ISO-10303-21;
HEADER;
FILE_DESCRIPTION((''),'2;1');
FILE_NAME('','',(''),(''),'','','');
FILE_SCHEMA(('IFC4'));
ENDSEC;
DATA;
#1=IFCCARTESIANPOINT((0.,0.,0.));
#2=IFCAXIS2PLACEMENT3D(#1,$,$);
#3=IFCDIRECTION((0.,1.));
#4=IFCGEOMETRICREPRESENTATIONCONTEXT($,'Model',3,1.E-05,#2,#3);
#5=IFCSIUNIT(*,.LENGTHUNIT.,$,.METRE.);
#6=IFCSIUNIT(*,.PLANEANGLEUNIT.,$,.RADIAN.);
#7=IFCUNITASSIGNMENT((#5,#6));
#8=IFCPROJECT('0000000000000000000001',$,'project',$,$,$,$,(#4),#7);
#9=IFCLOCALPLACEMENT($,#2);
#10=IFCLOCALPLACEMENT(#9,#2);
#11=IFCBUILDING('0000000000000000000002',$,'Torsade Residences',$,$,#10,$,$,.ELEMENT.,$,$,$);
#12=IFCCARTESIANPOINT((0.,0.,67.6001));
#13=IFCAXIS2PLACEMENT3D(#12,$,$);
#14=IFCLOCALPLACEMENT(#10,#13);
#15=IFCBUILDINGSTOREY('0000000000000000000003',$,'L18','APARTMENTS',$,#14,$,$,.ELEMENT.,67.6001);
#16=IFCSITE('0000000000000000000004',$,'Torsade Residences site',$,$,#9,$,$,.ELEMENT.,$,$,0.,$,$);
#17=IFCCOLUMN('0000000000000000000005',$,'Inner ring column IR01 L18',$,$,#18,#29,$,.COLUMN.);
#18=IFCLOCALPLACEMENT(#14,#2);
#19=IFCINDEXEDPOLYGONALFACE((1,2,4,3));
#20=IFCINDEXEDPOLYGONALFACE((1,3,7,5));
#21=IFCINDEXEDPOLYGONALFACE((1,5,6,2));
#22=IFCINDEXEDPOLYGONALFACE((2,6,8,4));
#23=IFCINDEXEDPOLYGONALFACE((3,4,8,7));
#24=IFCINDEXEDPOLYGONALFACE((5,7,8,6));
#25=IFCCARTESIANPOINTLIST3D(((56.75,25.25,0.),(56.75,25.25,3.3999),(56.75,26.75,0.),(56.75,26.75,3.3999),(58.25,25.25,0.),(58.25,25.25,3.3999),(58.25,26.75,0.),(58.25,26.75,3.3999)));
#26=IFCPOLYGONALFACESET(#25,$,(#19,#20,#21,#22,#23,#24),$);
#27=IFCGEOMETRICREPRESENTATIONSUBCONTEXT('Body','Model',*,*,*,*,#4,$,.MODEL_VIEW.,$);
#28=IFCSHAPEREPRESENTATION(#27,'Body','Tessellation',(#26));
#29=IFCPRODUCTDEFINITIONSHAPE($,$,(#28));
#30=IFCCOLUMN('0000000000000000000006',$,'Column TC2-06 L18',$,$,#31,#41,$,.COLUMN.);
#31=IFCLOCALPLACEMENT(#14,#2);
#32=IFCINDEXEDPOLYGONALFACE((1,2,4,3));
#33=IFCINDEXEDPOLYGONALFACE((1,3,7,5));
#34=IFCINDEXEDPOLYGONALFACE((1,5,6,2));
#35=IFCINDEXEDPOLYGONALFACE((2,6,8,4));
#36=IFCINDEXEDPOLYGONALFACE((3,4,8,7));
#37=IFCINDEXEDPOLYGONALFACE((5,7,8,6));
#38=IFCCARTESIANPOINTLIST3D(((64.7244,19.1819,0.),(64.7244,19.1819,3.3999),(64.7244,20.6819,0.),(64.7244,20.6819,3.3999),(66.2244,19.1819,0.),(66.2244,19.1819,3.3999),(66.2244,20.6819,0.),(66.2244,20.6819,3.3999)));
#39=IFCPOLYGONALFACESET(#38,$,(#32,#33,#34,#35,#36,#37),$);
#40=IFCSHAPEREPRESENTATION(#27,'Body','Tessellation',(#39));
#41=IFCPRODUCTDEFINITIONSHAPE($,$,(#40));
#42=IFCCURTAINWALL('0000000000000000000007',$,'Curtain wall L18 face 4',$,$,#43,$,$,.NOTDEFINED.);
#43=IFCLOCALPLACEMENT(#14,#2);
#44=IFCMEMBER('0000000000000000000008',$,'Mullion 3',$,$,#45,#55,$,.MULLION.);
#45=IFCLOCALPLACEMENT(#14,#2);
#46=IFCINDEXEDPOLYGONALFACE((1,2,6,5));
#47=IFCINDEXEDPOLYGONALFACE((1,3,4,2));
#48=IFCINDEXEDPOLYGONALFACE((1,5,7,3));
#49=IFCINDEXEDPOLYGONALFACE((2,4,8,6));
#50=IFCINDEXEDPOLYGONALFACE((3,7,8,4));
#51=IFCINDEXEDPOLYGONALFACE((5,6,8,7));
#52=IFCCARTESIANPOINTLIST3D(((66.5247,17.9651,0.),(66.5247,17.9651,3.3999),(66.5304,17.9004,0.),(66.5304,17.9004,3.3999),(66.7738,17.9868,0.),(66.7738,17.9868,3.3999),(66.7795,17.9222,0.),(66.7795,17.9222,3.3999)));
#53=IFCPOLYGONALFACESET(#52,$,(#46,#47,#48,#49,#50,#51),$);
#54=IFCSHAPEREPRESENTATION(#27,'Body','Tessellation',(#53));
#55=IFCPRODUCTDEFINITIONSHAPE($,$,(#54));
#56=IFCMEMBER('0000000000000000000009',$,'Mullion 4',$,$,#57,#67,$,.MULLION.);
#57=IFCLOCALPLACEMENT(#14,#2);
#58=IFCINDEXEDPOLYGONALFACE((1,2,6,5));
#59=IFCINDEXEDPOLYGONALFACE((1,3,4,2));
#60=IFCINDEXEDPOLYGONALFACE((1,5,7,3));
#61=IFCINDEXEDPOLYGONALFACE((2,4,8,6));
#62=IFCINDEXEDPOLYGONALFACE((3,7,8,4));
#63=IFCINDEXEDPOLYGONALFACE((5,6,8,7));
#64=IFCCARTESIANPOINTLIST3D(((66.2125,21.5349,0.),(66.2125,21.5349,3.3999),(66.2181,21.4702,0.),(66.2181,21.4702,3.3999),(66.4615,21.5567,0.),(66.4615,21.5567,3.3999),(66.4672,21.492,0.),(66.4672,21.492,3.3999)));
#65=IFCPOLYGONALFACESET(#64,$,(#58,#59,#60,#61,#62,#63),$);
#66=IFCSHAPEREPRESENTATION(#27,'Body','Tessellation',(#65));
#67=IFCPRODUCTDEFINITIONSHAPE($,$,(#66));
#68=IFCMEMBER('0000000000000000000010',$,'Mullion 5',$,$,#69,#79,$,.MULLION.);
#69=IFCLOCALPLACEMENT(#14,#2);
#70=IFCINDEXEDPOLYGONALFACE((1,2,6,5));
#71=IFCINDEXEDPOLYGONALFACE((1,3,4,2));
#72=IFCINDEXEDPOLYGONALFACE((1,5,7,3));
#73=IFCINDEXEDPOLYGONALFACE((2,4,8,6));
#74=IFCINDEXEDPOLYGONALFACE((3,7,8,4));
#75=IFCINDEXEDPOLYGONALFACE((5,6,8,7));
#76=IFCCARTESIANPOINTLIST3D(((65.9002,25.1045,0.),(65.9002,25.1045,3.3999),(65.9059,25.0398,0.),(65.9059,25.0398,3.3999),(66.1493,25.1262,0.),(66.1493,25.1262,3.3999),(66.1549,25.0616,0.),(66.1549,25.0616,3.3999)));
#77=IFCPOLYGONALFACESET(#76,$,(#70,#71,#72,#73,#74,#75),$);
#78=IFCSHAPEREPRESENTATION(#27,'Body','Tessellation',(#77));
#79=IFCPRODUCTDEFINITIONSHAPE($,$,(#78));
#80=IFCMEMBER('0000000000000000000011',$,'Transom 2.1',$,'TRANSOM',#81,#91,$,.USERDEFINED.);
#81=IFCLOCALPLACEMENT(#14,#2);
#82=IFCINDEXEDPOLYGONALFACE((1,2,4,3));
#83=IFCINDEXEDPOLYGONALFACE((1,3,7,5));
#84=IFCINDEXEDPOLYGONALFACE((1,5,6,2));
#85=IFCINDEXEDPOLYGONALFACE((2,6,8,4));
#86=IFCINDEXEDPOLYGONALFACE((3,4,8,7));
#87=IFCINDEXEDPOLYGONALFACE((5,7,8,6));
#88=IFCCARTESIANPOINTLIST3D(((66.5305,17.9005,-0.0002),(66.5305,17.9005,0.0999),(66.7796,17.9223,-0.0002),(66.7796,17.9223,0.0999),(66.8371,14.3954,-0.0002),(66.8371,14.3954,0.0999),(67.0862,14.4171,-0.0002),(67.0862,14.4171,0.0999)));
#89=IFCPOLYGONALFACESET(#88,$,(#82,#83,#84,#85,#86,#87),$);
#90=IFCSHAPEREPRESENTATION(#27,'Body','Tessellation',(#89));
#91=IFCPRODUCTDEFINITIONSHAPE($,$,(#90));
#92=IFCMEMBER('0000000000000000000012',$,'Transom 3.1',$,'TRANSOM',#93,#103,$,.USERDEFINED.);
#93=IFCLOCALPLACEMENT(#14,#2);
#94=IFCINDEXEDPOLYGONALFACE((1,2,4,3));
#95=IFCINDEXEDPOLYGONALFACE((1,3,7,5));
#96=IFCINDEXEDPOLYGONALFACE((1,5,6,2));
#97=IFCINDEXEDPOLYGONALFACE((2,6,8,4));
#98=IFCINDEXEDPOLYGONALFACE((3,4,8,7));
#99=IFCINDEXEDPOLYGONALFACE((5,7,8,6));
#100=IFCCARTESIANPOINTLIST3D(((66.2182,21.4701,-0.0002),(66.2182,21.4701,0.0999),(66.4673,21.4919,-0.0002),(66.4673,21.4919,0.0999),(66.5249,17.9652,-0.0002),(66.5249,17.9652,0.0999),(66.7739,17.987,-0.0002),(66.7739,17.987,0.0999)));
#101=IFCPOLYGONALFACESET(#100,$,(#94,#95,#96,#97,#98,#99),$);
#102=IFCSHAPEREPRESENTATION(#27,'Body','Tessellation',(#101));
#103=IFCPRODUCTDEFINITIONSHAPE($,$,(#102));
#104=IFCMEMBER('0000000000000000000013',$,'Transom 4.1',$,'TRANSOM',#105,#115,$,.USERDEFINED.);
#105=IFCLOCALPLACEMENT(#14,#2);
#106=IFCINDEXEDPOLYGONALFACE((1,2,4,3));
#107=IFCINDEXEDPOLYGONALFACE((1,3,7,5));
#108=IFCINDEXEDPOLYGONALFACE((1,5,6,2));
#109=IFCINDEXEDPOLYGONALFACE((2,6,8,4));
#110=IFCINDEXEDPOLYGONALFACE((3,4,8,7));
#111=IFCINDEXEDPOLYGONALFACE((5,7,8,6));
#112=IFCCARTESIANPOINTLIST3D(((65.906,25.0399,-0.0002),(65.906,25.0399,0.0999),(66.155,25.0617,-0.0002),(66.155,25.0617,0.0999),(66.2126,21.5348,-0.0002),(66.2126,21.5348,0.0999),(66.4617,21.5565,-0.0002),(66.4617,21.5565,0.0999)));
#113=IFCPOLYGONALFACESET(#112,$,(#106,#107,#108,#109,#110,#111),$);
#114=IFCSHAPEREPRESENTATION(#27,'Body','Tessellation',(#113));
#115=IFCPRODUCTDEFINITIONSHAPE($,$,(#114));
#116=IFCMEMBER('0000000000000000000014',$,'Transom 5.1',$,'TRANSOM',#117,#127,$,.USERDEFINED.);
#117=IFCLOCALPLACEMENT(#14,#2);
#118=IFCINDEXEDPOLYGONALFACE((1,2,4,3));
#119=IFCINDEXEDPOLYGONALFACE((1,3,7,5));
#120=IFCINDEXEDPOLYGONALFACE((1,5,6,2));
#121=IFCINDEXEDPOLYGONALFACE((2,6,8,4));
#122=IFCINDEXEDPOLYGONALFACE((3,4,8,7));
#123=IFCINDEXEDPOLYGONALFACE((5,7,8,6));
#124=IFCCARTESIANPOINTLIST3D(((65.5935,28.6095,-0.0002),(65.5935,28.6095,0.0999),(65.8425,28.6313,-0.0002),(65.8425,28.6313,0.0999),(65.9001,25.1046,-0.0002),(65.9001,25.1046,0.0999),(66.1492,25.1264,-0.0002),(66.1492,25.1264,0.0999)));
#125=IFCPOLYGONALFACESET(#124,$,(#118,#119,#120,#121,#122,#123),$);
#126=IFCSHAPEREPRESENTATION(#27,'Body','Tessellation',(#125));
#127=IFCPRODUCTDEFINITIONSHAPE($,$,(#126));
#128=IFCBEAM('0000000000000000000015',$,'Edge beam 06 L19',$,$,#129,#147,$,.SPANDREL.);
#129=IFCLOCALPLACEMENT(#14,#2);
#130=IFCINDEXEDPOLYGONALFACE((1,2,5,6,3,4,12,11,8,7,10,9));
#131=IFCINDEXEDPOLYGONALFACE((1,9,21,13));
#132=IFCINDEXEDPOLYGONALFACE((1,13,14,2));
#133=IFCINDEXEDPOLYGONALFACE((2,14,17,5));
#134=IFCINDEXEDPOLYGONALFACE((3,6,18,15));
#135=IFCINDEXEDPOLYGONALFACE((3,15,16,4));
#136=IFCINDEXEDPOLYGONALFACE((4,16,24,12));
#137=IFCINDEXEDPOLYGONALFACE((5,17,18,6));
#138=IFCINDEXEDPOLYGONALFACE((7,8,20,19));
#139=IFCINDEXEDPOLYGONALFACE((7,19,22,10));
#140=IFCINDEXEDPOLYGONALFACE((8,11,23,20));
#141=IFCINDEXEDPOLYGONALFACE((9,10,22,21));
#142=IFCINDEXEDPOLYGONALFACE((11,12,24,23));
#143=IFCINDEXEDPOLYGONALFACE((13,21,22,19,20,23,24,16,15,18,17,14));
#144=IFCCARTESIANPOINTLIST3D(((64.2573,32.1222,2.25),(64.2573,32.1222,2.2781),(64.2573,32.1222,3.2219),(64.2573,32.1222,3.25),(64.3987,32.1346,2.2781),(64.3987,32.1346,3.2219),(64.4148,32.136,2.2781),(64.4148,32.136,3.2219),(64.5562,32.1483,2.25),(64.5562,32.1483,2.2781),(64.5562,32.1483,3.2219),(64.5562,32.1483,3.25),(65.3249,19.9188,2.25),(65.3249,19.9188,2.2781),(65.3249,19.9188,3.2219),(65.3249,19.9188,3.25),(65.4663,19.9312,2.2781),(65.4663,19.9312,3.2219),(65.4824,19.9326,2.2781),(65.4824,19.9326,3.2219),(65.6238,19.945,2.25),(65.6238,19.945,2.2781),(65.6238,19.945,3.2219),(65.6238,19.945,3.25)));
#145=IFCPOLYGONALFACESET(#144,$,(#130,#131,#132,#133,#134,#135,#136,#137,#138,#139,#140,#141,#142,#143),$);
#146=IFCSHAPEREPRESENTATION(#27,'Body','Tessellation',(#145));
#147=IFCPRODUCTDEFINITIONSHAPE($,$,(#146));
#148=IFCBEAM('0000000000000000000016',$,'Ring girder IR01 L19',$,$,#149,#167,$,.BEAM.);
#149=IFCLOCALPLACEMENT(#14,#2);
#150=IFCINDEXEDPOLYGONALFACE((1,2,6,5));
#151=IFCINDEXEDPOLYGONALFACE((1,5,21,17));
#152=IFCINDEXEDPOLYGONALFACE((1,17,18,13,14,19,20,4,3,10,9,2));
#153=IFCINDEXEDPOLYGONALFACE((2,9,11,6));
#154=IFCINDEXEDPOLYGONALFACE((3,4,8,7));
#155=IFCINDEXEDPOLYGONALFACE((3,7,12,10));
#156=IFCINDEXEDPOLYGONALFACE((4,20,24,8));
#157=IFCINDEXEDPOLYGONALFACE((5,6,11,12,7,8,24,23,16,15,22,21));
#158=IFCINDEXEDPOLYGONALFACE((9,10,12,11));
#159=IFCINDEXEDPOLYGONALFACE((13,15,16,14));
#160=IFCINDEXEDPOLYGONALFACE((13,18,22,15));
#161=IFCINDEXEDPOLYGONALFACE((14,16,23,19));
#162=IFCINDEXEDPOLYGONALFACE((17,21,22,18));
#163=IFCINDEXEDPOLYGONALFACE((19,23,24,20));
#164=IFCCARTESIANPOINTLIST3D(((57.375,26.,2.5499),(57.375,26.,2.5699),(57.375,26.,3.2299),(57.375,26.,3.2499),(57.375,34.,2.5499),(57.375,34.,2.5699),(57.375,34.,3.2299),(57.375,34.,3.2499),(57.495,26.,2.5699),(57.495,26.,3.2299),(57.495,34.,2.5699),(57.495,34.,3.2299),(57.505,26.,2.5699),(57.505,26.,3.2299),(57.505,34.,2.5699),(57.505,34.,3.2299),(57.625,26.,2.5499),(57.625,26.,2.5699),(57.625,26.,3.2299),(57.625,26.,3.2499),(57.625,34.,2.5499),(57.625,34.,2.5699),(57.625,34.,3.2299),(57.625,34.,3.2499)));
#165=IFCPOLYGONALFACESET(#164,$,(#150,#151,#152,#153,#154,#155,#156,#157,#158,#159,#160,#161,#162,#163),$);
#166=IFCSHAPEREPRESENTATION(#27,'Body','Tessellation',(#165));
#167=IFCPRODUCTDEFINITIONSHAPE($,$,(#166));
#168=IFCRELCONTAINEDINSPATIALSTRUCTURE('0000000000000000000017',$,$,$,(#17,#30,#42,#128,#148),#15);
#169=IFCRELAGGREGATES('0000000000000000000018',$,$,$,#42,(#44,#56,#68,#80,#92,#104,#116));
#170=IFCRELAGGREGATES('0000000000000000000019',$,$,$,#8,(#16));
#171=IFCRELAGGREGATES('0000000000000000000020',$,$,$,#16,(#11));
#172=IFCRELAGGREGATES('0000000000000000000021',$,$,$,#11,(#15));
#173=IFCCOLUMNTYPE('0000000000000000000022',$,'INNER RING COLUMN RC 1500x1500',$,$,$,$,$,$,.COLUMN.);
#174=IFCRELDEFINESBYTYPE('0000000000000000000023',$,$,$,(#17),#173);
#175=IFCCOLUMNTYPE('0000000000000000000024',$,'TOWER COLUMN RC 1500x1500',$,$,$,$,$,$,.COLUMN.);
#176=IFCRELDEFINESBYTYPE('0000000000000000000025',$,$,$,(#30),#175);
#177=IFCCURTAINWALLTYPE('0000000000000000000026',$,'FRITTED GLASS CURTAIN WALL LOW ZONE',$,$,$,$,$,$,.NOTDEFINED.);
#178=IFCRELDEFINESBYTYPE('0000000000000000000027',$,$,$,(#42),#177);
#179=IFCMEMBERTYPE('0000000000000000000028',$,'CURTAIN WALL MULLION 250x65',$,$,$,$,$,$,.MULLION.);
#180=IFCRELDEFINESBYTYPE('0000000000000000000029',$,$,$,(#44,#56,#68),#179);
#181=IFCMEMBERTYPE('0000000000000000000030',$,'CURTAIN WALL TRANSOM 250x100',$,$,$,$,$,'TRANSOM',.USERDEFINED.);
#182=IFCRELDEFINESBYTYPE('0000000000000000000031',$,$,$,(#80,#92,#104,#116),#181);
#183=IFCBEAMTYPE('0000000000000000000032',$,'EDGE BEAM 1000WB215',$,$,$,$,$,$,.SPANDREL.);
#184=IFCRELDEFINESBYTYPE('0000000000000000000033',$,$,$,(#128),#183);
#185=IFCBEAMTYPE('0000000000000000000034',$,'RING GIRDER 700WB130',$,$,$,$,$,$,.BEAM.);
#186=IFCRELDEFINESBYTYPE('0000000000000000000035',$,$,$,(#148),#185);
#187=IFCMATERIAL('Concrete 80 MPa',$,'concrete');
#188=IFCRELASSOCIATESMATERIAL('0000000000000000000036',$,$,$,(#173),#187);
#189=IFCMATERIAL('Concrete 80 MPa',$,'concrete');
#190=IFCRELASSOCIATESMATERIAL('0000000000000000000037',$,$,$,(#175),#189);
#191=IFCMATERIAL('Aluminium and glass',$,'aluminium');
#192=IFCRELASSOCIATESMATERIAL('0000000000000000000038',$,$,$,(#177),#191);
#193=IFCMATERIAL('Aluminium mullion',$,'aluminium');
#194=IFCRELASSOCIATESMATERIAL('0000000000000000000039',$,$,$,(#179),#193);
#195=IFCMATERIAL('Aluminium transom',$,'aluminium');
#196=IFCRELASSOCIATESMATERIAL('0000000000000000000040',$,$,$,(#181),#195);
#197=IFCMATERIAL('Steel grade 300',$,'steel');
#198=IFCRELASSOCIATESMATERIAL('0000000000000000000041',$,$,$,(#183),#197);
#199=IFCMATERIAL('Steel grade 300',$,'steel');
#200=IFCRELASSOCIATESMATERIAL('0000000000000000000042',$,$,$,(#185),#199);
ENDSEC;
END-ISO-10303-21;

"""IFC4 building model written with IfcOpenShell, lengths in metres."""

from ifc_helpers import new_model, si_unit, direction, frame, origin, origin_2d, place, context, subcontext, project, spatial, rectangle, i_section, extrude, material, material_profile, profile_set, type_object, element, aggregate, save


model = new_model("IFC4")

# Units and contexts
model_context = context("Model", 3, precision=1e-05, world=origin(), true_north=direction((0.0, 1.0)))
body_context = subcontext(model_context, "Body", "Model", "MODEL_VIEW")
ifc_project = project(units=[si_unit("LENGTHUNIT", "METRE"), si_unit("PLANEANGLEUNIT", "RADIAN")], contexts=[model_context])

# Site, building, storey
site_placement = place(None, origin())
site = spatial("IfcSite", under=ifc_project, at=site_placement, Name="Torsade Residences site", CompositionType="ELEMENT", RefElevation=0.0)
building_placement = place(site_placement, origin())
building = spatial("IfcBuilding", under=site, at=building_placement, Name="Torsade Residences", CompositionType="ELEMENT")
storey_placement = place(building_placement, frame((0.0, 0.0, 67.6001)))
storey = spatial("IfcBuildingStorey", under=building, at=storey_placement, Name="L18", Description="APARTMENTS", CompositionType="ELEMENT", Elevation=67.6001)

# Columns
ifc_material_1 = material(Name="Concrete 80 MPa", Category="concrete")
ifc_material_profile_1 = material_profile(ifc_material_1, rectangle(XDim=1.5, YDim=1.5, at=origin_2d()), Name="RC 1500x1500")
ifc_profile_set_1 = profile_set([ifc_material_profile_1], Name="Concrete 80 MPa")
column_type_1 = type_object("IfcColumnType", Name="INNER RING COLUMN RC 1500x1500", PredefinedType="COLUMN", material=ifc_profile_set_1)
column_1_placement = place(storey_placement, frame((57.5, 26.0, 0.0), z_axis=(0.0, 0.0, 1.0), x_axis=(1.0, 0.0, 0.0)))
element("IfcColumn", 1, at=column_1_placement, inside=storey, type_object=column_type_1, Name="Inner ring column IR01 L18", PredefinedType="COLUMN", context=body_context, shape_type="SweptSolid", body=[
    extrude(rectangle(XDim=1.5, YDim=1.5, at=origin_2d()), origin(), (0.0, 0.0, 1.0), 3.3999),
])
ifc_material_2 = material(Name="Concrete 80 MPa", Category="concrete")
ifc_material_profile_2 = material_profile(ifc_material_2, rectangle(XDim=1.5, YDim=1.5, at=origin_2d()), Name="RC 1500x1500")
ifc_profile_set_2 = profile_set([ifc_material_profile_2], Name="Concrete 80 MPa")
column_type_2 = type_object("IfcColumnType", Name="TOWER COLUMN RC 1500x1500", PredefinedType="COLUMN", material=ifc_profile_set_2)
column_2_placement = place(storey_placement, frame((65.4744, 19.9319, 0.0), z_axis=(0.0, 0.0, 1.0), x_axis=(1.0, 0.0, 0.0)))
element("IfcColumn", 2, at=column_2_placement, inside=storey, type_object=column_type_2, Name="Column TC2-06 L18", PredefinedType="COLUMN", context=body_context, shape_type="SweptSolid", body=[
    extrude(rectangle(XDim=1.5, YDim=1.5, at=origin_2d()), origin(), (0.0, 0.0, 1.0), 3.3999),
])

# Curtain wall, members
ifc_material_3 = material(Name="Aluminium and glass", Category="aluminium")
curtain_wall_type = type_object("IfcCurtainWallType", Name="FRITTED GLASS CURTAIN WALL LOW ZONE", PredefinedType="NOTDEFINED", material=ifc_material_3)
curtain_wall_placement = place(storey_placement, origin())
curtain_wall = element("IfcCurtainWall", 3, at=curtain_wall_placement, inside=storey, type_object=curtain_wall_type, Name="Curtain wall L18 face 4", PredefinedType="NOTDEFINED")
ifc_material_4 = material(Name="Aluminium mullion", Category="aluminium")
ifc_material_profile_3 = material_profile(ifc_material_4, rectangle(XDim=0.25, YDim=0.0649, at=origin_2d()), Name="CURTAIN WALL MULLION 250x65")
ifc_profile_set_3 = profile_set([ifc_material_profile_3], Name="Aluminium mullion")
member_type_1 = type_object("IfcMemberType", Name="CURTAIN WALL MULLION 250x65", PredefinedType="MULLION", material=ifc_profile_set_3)
member_1_placement = place(storey_placement, frame((66.6521, 17.9436, 0.0), z_axis=(0.0, 0.0, 1.0), x_axis=(-0.996195, -0.087156, 0.0)))
member_1 = element("IfcMember", 4, at=member_1_placement, type_object=member_type_1, Name="Mullion 3", PredefinedType="MULLION", context=body_context, shape_type="SweptSolid", body=[
    extrude(rectangle(XDim=0.25, YDim=0.0649, at=origin_2d()), origin(), (0.0, 0.0, 1.0), 3.3999),
])
member_2_placement = place(storey_placement, frame((66.3398, 21.5134, 0.0), z_axis=(0.0, 0.0, 1.0), x_axis=(-0.996195, -0.087156, 0.0)))
member_2 = element("IfcMember", 5, at=member_2_placement, type_object=member_type_1, Name="Mullion 4", PredefinedType="MULLION", context=body_context, shape_type="SweptSolid", body=[
    extrude(rectangle(XDim=0.25, YDim=0.0649, at=origin_2d()), origin(), (0.0, 0.0, 1.0), 3.3999),
])
member_3_placement = place(storey_placement, frame((66.0276, 25.083, 0.0), z_axis=(0.0, 0.0, 1.0), x_axis=(-0.996195, -0.087156, 0.0)))
member_3 = element("IfcMember", 6, at=member_3_placement, type_object=member_type_1, Name="Mullion 5", PredefinedType="MULLION", context=body_context, shape_type="SweptSolid", body=[
    extrude(rectangle(XDim=0.25, YDim=0.0649, at=origin_2d()), origin(), (0.0, 0.0, 1.0), 3.3999),
])
ifc_material_5 = material(Name="Aluminium transom", Category="aluminium")
ifc_material_profile_4 = material_profile(ifc_material_5, rectangle(XDim=0.25, YDim=0.1001, at=origin_2d()), Name="CURTAIN WALL TRANSOM 250x100")
ifc_profile_set_4 = profile_set([ifc_material_profile_4], Name="Aluminium transom")
member_type_2 = type_object("IfcMemberType", Name="CURTAIN WALL TRANSOM 250x100", ElementType="TRANSOM", PredefinedType="USERDEFINED", material=ifc_profile_set_4)
member_4_placement = place(storey_placement, frame((66.9617, 14.4062, 0.0498), z_axis=(-0.087151, 0.996195, 0.0), x_axis=(-0.996195, -0.087151, 0.0)))
member_4 = element("IfcMember", 7, at=member_4_placement, type_object=member_type_2, Name="Transom 2.1", ObjectType="TRANSOM", PredefinedType="USERDEFINED", context=body_context, shape_type="SweptSolid", body=[
    extrude(rectangle(XDim=0.25, YDim=0.1001, at=origin_2d()), origin(), (0.0, 0.0, 1.0), 3.5186),
])
member_5_placement = place(storey_placement, frame((66.6494, 17.9761, 0.0498), z_axis=(-0.087157, 0.996195, 0.0), x_axis=(-0.996195, -0.087157, 0.0)))
member_5 = element("IfcMember", 8, at=member_5_placement, type_object=member_type_2, Name="Transom 3.1", ObjectType="TRANSOM", PredefinedType="USERDEFINED", context=body_context, shape_type="SweptSolid", body=[
    extrude(rectangle(XDim=0.25, YDim=0.1001, at=origin_2d()), origin(), (0.0, 0.0, 1.0), 3.5183),
])
member_6_placement = place(storey_placement, frame((66.3372, 21.5457, 0.0498), z_axis=(-0.087151, 0.996195, 0.0), x_axis=(-0.996195, -0.087151, 0.0)))
member_6 = element("IfcMember", 9, at=member_6_placement, type_object=member_type_2, Name="Transom 4.1", ObjectType="TRANSOM", PredefinedType="USERDEFINED", context=body_context, shape_type="SweptSolid", body=[
    extrude(rectangle(XDim=0.25, YDim=0.1001, at=origin_2d()), origin(), (0.0, 0.0, 1.0), 3.5186),
])
member_7_placement = place(storey_placement, frame((66.0247, 25.1155, 0.0498), z_axis=(-0.087157, 0.996195, 0.0), x_axis=(-0.996195, -0.087157, 0.0)))
member_7 = element("IfcMember", 10, at=member_7_placement, type_object=member_type_2, Name="Transom 5.1", ObjectType="TRANSOM", PredefinedType="USERDEFINED", context=body_context, shape_type="SweptSolid", body=[
    extrude(rectangle(XDim=0.25, YDim=0.1001, at=origin_2d()), origin(), (0.0, 0.0, 1.0), 3.5183),
])

# Beams
ifc_material_6 = material(Name="Steel grade 300", Category="steel")
ifc_material_profile_5 = material_profile(ifc_material_6, i_section(OverallWidth=0.3, OverallDepth=1.0, WebThickness=0.0161, FlangeThickness=0.0281, at=origin_2d()), Name="1000WB215")
ifc_profile_set_5 = profile_set([ifc_material_profile_5], Name="Steel grade 300")
beam_type_1 = type_object("IfcBeamType", Name="EDGE BEAM 1000WB215", PredefinedType="SPANDREL", material=ifc_profile_set_5)
beam_1_placement = place(storey_placement, frame((65.4744, 19.9319, 2.75), z_axis=(-0.087153, 0.996195, 0.0), x_axis=(-0.996195, -0.087153, 0.0)))
element("IfcBeam", 11, at=beam_1_placement, inside=storey, type_object=beam_type_1, Name="Edge beam 06 L19", PredefinedType="SPANDREL", context=body_context, shape_type="SweptSolid", body=[
    extrude(i_section(OverallWidth=0.3, OverallDepth=1.0, WebThickness=0.0161, FlangeThickness=0.0281, at=origin_2d()), origin(), (0.0, 0.0, 1.0), 12.25),
])
ifc_material_7 = material(Name="Steel grade 300", Category="steel")
ifc_material_profile_6 = material_profile(ifc_material_7, i_section(OverallWidth=0.25, OverallDepth=0.7, WebThickness=0.01, FlangeThickness=0.02, at=origin_2d()), Name="700WB130")
ifc_profile_set_6 = profile_set([ifc_material_profile_6], Name="Steel grade 300")
beam_type_2 = type_object("IfcBeamType", Name="RING GIRDER 700WB130", PredefinedType="BEAM", material=ifc_profile_set_6)
beam_2_placement = place(storey_placement, frame((57.5, 26.0, 2.8999), z_axis=(0.0, 1.0, 0.0), x_axis=(-1.0, 0.0, 0.0)))
element("IfcBeam", 12, at=beam_2_placement, inside=storey, type_object=beam_type_2, Name="Ring girder IR01 L19", PredefinedType="BEAM", context=body_context, shape_type="SweptSolid", body=[
    extrude(i_section(OverallWidth=0.25, OverallDepth=0.7, WebThickness=0.01, FlangeThickness=0.02, at=origin_2d()), origin(), (0.0, 0.0, 1.0), 8.0),
])

aggregate(curtain_wall, [member_1, member_2, member_3, member_4, member_5, member_6, member_7])

save(model, "model.ifc")
